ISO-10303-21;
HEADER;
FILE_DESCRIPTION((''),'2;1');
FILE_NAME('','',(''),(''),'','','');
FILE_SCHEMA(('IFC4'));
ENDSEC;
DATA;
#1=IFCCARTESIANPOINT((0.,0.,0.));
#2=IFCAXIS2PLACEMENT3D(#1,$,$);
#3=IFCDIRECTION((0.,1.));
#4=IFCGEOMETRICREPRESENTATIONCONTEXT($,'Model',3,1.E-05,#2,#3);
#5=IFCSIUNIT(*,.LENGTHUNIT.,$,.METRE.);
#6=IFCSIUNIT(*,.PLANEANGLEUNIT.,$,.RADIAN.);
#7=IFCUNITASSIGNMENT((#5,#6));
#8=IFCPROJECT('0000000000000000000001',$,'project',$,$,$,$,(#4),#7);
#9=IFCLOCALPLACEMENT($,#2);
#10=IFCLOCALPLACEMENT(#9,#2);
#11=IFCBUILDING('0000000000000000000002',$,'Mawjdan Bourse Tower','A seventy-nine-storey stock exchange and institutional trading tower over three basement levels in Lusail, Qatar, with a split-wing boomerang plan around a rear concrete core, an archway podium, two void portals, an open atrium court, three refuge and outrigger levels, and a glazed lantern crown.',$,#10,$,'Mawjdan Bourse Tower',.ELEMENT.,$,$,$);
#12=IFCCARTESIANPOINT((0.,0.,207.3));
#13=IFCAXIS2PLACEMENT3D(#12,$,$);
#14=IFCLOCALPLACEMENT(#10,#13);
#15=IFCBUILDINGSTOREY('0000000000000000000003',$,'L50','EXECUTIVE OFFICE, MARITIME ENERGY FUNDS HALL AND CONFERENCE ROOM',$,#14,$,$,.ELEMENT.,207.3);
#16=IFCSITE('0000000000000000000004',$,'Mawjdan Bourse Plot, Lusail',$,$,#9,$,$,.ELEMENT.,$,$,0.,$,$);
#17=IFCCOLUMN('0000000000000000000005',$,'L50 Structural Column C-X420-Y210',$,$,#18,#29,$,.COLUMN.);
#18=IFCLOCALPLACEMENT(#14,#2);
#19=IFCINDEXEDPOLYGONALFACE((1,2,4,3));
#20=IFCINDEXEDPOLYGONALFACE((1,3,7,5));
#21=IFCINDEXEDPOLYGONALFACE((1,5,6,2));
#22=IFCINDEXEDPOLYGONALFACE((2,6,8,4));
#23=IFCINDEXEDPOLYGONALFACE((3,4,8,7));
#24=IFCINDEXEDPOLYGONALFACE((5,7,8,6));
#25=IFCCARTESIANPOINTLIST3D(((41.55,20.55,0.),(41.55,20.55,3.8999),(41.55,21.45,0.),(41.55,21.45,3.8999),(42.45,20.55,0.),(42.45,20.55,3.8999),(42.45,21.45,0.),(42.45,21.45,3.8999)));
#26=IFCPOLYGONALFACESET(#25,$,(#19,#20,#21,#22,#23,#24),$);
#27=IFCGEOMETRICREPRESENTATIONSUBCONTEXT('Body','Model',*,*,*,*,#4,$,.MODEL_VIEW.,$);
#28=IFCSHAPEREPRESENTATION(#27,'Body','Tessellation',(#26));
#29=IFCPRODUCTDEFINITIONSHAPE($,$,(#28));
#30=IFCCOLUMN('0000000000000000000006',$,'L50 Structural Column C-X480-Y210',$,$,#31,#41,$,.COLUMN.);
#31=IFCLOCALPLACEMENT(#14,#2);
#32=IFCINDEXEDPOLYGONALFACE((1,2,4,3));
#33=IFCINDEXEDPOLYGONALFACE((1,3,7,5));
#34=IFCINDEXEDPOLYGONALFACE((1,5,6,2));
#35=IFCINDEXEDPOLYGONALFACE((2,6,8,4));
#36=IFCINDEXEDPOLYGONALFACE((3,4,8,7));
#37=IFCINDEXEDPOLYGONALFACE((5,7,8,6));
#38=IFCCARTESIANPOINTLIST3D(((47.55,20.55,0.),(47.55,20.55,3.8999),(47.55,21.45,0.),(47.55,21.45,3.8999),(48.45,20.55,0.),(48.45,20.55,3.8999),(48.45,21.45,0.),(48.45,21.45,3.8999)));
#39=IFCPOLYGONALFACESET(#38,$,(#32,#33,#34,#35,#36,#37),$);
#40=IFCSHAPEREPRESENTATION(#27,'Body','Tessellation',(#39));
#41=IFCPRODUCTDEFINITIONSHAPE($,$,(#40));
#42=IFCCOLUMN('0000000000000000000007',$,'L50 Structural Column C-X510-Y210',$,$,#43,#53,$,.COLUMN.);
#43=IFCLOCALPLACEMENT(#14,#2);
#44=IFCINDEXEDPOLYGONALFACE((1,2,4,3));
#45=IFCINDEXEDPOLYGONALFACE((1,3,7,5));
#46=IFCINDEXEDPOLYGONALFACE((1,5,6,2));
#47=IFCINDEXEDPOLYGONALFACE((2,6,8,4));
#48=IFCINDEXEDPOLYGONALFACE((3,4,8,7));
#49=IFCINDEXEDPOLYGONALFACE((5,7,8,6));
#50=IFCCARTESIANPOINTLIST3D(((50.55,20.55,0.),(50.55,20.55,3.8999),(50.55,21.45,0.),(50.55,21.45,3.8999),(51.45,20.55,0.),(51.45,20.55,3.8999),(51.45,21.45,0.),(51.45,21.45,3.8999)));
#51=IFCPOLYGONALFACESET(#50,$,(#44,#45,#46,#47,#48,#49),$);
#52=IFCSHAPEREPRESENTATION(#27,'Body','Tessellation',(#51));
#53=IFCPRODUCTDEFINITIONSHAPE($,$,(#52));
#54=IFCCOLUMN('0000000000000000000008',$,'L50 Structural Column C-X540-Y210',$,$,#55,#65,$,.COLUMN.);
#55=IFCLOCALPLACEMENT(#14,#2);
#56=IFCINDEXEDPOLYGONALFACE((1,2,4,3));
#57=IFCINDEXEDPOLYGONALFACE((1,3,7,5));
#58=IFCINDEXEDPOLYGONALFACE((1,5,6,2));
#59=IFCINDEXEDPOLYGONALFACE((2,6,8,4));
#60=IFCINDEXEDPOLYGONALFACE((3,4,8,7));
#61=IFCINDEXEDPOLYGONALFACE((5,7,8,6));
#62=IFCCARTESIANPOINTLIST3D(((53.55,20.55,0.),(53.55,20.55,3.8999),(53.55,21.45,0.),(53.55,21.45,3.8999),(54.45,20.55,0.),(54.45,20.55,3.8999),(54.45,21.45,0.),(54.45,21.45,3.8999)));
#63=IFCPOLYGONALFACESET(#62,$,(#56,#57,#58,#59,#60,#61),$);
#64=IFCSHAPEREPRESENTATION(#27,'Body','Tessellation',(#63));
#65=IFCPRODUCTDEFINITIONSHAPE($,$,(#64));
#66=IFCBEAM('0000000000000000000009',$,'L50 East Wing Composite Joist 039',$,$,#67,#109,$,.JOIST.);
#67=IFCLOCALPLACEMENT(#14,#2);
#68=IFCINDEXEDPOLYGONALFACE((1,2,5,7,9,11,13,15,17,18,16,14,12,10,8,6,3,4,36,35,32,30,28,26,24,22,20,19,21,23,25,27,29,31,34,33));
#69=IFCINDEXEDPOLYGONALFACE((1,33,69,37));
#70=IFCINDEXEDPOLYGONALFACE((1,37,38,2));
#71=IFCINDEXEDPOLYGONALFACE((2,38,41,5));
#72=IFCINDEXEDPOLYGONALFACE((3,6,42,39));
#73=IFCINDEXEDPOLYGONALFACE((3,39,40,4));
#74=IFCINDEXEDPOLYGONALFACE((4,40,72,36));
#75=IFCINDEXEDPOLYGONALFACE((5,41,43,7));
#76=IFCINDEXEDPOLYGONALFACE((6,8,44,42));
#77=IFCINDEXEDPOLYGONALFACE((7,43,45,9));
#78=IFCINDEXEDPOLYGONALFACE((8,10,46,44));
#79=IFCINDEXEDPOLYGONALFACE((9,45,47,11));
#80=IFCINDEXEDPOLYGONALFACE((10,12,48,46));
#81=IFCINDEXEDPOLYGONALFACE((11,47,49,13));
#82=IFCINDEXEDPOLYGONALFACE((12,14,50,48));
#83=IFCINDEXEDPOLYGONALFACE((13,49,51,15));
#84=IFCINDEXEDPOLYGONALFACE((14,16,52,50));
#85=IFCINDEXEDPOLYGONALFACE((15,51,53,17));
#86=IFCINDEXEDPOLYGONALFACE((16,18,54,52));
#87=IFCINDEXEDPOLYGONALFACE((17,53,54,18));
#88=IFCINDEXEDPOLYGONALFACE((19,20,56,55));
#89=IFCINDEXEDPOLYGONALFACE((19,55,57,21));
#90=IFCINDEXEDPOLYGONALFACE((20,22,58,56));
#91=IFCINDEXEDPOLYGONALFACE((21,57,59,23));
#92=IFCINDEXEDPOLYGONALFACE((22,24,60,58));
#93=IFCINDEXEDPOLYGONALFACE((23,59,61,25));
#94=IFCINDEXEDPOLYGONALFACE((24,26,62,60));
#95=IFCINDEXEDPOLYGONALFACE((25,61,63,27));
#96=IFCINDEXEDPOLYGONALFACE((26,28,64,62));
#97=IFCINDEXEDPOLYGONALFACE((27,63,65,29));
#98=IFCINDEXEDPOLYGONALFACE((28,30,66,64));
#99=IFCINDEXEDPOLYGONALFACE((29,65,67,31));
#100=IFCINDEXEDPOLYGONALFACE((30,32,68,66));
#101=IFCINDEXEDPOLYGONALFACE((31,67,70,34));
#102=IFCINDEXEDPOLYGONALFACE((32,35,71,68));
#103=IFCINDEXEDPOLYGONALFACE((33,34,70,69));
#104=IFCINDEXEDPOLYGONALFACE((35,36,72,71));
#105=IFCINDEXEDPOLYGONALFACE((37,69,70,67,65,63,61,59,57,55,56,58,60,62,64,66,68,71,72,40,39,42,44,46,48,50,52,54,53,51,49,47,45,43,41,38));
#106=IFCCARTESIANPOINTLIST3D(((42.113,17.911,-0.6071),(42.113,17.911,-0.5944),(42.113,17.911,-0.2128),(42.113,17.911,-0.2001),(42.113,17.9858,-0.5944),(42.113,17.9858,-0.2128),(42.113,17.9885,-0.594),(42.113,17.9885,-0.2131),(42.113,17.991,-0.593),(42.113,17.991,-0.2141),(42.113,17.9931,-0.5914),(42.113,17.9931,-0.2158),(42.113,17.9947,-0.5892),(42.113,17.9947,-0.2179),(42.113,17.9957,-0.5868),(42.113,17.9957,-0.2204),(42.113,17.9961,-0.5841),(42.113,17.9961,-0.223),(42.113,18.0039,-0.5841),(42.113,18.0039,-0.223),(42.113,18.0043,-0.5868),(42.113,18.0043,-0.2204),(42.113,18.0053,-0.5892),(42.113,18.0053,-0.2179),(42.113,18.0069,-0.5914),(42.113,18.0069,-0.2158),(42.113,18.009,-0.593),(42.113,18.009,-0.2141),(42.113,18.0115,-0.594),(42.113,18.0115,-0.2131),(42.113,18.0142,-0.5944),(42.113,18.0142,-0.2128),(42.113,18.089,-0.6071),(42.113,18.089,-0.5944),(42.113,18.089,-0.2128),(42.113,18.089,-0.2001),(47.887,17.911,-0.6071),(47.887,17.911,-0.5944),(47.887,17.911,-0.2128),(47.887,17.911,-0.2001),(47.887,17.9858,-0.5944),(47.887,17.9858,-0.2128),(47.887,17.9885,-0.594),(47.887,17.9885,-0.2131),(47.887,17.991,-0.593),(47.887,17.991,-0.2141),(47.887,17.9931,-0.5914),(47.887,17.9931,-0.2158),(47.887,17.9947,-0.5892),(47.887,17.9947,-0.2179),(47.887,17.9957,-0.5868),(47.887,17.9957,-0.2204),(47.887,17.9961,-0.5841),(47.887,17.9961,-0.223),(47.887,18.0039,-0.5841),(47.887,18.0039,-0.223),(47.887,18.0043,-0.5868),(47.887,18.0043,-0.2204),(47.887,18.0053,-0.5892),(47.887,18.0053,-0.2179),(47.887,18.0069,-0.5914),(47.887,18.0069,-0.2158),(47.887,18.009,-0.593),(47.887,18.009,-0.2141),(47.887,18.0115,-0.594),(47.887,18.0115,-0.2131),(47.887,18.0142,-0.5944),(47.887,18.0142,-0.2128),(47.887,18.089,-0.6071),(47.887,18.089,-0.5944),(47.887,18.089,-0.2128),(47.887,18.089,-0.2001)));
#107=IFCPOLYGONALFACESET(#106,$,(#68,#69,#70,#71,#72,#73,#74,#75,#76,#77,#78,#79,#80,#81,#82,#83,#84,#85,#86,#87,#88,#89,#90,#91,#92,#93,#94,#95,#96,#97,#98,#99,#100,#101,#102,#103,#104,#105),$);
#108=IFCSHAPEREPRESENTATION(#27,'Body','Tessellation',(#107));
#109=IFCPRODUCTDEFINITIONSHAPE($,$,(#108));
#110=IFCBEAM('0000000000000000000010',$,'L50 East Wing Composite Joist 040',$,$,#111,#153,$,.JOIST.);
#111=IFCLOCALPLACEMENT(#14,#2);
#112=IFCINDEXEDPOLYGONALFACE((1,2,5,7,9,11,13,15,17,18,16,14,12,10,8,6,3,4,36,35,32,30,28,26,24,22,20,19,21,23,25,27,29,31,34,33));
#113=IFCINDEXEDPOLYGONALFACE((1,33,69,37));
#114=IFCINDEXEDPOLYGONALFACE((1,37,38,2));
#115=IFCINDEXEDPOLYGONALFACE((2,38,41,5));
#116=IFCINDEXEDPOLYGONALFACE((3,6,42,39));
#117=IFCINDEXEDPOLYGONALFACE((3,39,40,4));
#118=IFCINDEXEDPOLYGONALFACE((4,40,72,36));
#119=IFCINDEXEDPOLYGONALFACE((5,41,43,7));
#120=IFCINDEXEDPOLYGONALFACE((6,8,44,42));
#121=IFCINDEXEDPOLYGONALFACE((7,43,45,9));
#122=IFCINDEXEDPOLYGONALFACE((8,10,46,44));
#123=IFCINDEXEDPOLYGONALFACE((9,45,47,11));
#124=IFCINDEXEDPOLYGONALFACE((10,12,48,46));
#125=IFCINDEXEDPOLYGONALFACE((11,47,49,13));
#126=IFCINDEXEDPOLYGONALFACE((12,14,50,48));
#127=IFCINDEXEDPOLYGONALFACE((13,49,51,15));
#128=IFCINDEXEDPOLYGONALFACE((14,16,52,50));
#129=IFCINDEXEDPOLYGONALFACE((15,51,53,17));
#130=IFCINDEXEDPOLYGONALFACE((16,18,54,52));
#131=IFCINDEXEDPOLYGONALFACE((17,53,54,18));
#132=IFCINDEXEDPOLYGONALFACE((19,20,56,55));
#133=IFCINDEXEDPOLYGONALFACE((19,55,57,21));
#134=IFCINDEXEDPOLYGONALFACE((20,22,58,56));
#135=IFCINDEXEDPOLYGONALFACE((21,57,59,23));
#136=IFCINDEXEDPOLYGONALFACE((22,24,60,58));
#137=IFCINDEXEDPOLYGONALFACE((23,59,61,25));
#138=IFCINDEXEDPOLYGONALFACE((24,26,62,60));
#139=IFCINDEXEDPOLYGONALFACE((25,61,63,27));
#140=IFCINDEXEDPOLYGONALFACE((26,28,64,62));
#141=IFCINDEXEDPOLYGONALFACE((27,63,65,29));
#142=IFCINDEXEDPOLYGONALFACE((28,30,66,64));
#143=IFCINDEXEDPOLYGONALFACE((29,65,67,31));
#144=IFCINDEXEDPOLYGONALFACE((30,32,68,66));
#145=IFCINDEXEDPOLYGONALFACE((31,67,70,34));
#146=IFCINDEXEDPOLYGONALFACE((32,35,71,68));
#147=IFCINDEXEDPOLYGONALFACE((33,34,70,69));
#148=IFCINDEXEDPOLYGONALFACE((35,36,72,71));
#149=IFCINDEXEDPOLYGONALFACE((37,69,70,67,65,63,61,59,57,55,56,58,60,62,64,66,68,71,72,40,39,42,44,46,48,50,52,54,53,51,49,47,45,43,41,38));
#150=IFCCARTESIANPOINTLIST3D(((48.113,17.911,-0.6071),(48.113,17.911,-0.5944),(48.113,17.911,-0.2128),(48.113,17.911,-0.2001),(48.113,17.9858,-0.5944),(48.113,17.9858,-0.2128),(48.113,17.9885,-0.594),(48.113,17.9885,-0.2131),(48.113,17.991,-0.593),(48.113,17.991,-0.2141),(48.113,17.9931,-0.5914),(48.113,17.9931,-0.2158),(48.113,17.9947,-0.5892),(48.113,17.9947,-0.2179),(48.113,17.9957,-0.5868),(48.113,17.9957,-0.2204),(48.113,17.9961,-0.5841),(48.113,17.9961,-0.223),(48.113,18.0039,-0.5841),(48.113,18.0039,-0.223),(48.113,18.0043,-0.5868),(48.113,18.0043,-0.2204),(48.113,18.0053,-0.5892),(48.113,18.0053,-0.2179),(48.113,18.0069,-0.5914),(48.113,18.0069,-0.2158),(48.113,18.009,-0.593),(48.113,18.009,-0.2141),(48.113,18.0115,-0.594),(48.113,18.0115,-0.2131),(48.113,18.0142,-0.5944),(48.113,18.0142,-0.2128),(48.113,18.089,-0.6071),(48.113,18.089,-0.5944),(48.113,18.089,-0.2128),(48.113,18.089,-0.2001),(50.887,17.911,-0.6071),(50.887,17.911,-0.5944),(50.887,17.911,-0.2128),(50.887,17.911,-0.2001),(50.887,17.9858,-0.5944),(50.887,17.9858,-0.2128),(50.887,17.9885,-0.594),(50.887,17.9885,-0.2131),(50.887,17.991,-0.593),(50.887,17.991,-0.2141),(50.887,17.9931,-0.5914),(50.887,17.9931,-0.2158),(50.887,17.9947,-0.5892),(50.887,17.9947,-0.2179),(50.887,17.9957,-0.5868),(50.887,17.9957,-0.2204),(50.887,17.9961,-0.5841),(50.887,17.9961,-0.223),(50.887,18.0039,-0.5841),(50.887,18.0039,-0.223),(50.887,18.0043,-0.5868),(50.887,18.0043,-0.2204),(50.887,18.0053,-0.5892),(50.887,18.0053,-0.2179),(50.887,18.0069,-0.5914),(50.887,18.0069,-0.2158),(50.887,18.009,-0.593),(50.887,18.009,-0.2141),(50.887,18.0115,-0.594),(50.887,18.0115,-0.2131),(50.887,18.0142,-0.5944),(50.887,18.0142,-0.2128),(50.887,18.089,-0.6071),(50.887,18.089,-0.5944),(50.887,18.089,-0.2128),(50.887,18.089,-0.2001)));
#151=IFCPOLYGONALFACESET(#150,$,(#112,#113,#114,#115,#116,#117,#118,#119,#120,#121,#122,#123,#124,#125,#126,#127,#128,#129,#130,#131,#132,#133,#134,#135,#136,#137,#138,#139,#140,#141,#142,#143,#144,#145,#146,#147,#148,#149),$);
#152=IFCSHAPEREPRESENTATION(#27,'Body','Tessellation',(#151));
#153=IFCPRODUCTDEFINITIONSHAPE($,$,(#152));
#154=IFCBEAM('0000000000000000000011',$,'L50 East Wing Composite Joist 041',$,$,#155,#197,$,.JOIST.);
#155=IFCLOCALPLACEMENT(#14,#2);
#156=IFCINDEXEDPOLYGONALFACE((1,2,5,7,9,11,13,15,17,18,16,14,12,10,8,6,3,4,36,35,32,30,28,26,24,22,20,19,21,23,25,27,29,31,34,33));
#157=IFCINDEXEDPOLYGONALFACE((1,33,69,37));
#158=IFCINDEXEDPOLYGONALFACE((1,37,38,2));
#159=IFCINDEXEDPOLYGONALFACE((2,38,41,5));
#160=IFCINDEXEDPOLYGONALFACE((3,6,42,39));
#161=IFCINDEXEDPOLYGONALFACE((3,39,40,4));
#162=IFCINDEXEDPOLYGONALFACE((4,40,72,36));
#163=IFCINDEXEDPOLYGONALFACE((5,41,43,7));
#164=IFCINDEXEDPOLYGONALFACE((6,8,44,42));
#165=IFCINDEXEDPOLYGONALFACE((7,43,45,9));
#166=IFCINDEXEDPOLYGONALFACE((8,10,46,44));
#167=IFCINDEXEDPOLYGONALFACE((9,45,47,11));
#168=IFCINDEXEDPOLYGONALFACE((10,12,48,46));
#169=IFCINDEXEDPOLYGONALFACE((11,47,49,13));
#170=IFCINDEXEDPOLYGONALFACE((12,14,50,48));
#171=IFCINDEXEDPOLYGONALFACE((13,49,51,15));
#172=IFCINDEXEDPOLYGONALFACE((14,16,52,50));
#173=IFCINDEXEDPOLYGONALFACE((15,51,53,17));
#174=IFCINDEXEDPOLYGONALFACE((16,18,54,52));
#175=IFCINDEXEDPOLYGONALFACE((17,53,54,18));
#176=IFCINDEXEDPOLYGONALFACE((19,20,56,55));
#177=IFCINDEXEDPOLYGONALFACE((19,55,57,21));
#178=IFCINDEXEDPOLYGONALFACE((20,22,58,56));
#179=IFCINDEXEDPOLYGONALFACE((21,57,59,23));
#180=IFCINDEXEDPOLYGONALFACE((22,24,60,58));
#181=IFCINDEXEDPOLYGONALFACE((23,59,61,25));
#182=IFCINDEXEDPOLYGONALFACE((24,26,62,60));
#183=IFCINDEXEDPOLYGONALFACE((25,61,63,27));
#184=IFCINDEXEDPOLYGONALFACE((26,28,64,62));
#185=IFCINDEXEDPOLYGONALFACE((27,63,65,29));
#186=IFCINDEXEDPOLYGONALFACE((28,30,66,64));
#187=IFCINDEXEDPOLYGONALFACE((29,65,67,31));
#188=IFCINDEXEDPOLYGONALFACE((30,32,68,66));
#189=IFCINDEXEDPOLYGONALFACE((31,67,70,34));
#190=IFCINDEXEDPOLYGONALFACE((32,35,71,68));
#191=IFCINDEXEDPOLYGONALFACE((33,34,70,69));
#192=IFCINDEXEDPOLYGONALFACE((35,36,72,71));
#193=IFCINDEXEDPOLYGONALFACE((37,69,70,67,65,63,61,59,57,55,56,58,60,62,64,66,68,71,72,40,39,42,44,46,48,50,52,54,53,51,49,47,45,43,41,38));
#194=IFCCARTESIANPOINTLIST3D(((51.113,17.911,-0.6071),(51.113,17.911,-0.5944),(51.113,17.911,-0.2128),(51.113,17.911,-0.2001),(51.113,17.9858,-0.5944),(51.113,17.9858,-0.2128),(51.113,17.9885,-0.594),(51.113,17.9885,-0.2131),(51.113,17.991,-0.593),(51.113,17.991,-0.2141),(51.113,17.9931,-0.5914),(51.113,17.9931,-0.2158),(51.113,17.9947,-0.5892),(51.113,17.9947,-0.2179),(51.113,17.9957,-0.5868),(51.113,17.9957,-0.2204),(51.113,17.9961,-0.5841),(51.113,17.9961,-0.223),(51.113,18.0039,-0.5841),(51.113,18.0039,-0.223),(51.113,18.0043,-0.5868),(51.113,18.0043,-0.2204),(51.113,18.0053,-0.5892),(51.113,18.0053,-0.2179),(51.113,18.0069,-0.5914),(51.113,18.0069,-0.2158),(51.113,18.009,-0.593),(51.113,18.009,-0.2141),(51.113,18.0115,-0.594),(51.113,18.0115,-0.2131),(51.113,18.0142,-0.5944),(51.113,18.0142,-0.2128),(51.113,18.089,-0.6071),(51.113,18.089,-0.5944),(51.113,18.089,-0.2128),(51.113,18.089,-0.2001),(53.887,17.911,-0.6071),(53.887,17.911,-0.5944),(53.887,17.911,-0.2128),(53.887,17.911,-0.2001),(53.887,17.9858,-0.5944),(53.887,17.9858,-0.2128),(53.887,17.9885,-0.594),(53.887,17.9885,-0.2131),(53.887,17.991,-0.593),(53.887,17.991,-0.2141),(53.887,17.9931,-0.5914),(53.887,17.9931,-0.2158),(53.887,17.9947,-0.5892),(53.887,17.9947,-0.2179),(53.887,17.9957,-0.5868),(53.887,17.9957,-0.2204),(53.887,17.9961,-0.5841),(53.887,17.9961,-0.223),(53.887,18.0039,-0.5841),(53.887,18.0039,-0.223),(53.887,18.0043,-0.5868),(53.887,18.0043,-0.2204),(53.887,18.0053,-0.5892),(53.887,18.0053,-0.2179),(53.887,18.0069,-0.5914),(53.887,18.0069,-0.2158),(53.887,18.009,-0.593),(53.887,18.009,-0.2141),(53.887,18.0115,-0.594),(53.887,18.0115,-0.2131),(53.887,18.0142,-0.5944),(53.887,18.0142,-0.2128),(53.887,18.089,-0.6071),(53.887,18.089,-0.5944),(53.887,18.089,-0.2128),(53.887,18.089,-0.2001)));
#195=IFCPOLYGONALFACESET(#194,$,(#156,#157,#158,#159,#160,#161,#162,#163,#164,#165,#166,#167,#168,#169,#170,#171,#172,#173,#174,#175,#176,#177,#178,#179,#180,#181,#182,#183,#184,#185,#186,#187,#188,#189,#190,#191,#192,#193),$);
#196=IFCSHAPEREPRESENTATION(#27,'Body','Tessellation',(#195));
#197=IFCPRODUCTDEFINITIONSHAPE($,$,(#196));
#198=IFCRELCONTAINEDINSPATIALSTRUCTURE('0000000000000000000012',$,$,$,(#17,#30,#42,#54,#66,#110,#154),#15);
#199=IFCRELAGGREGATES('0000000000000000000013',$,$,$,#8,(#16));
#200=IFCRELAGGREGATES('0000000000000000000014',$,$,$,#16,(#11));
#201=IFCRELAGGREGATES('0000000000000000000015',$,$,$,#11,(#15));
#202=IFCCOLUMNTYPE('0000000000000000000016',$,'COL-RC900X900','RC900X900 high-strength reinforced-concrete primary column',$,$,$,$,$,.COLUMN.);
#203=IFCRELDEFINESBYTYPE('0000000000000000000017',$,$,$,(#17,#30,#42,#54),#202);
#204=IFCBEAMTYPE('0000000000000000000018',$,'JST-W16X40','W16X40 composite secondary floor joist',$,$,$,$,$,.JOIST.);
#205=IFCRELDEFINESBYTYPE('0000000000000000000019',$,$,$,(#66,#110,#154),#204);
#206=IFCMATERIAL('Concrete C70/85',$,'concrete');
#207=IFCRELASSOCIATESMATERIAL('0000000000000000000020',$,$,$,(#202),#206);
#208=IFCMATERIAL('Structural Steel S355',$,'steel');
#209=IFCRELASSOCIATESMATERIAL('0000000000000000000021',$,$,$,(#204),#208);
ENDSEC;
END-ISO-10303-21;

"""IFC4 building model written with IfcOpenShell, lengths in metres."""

from ifc_helpers import new_model, si_unit, direction, frame, origin, origin_2d, place, context, subcontext, project, spatial, rectangle, i_section, extrude, material, material_profile, profile_set, type_object, element, save


model = new_model("IFC4")

# Units and contexts
model_context = context("Model", 3, precision=1e-05, world=origin(), true_north=direction((0.0, 1.0)))
body_context = subcontext(model_context, "Body", "Model", "MODEL_VIEW")
ifc_project = project(units=[si_unit("LENGTHUNIT", "METRE"), si_unit("PLANEANGLEUNIT", "RADIAN")], contexts=[model_context])

# Site, building, storey
site_placement = place(None, origin())
site = spatial("IfcSite", under=ifc_project, at=site_placement, Name="Mawjdan Bourse Plot, Lusail", CompositionType="ELEMENT", RefElevation=0.0)
building_placement = place(site_placement, origin())
building = spatial("IfcBuilding", under=site, at=building_placement, Name="Mawjdan Bourse Tower", Description="A seventy-nine-storey stock exchange and institutional trading tower over three basement levels in Lusail, Qatar, with a split-wing boomerang plan around a rear concrete core, an archway podium, two void portals, an open atrium court, three refuge and outrigger levels, and a glazed lantern crown.", LongName="Mawjdan Bourse Tower", CompositionType="ELEMENT")
storey_placement = place(building_placement, frame((0.0, 0.0, 207.3)))
storey = spatial("IfcBuildingStorey", under=building, at=storey_placement, Name="L50", Description="EXECUTIVE OFFICE, MARITIME ENERGY FUNDS HALL AND CONFERENCE ROOM", CompositionType="ELEMENT", Elevation=207.3)

# Columns
ifc_material_1 = material(Name="Concrete C70/85", Category="concrete")
ifc_material_profile_1 = material_profile(ifc_material_1, rectangle(XDim=0.8999, YDim=0.8999, at=origin_2d()), Name="RC900X900")
ifc_profile_set_1 = profile_set([ifc_material_profile_1], Name="Concrete C70/85")
column_type = type_object("IfcColumnType", Name="COL-RC900X900", Description="RC900X900 high-strength reinforced-concrete primary column", PredefinedType="COLUMN", material=ifc_profile_set_1)
for number, where, z_axis, x_axis, name in (
    (1, (42.0, 21.0, 0.0), (0.0, 0.0, 1.0), (1.0, 0.0, 0.0), "L50 Structural Column C-X420-Y210"),
    (2, (48.0, 21.0, 0.0), (0.0, 0.0, 1.0), (1.0, 0.0, 0.0), "L50 Structural Column C-X480-Y210"),
    (3, (51.0, 21.0, 0.0), (0.0, 0.0, 1.0), (1.0, 0.0, 0.0), "L50 Structural Column C-X510-Y210"),
    (4, (54.0, 21.0, 0.0), (0.0, 0.0, 1.0), (1.0, 0.0, 0.0), "L50 Structural Column C-X540-Y210"),
):
    element("IfcColumn", number, at=place(storey_placement, frame(where, z_axis=z_axis, x_axis=x_axis)), inside=storey, type_object=column_type, Name=name, PredefinedType="COLUMN", context=body_context, shape_type="SweptSolid", body=[
        extrude(rectangle(XDim=0.8999, YDim=0.8999, at=origin_2d()), origin(), (0.0, 0.0, 1.0), 3.8999),
    ])

# Beams
ifc_material_2 = material(Name="Structural Steel S355", Category="steel")
ifc_material_profile_2 = material_profile(ifc_material_2, i_section(OverallWidth=0.178, OverallDepth=0.407, WebThickness=0.0078, FlangeThickness=0.0127, FilletRadius=0.0103, at=origin_2d()), Name="W16X40")
ifc_profile_set_2 = profile_set([ifc_material_profile_2], Name="Structural Steel S355")
beam_type_1 = type_object("IfcBeamType", Name="JST-W16X40", Description="W16X40 composite secondary floor joist", PredefinedType="JOIST", material=ifc_profile_set_2)
beam_1_placement = place(storey_placement, frame((42.113, 18.0, -0.4036), z_axis=(1.0, 0.0, 0.0), x_axis=(0.0, 1.0, 0.0)))
element("IfcBeam", 5, at=beam_1_placement, inside=storey, type_object=beam_type_1, Name="L50 East Wing Composite Joist 039", PredefinedType="JOIST", context=body_context, shape_type="SweptSolid", body=[
    extrude(i_section(OverallWidth=0.178, OverallDepth=0.407, WebThickness=0.0078, FlangeThickness=0.0127, FilletRadius=0.0103, at=origin_2d()), origin(), (0.0, 0.0, 1.0), 5.7739),
])
for number, where, z_axis, x_axis, name in (
    (6, (48.113, 18.0, -0.4036), (1.0, 0.0, 0.0), (0.0, 1.0, 0.0), "L50 East Wing Composite Joist 040"),
    (7, (51.113, 18.0, -0.4036), (1.0, 0.0, 0.0), (0.0, 1.0, 0.0), "L50 East Wing Composite Joist 041"),
):
    element("IfcBeam", number, at=place(storey_placement, frame(where, z_axis=z_axis, x_axis=x_axis)), inside=storey, type_object=beam_type_1, Name=name, PredefinedType="JOIST", context=body_context, shape_type="SweptSolid", body=[
        extrude(i_section(OverallWidth=0.178, OverallDepth=0.407, WebThickness=0.0078, FlangeThickness=0.0127, FilletRadius=0.0103, at=origin_2d()), origin(), (0.0, 0.0, 1.0), 2.7739),
    ])

save(model, "model.ifc")
